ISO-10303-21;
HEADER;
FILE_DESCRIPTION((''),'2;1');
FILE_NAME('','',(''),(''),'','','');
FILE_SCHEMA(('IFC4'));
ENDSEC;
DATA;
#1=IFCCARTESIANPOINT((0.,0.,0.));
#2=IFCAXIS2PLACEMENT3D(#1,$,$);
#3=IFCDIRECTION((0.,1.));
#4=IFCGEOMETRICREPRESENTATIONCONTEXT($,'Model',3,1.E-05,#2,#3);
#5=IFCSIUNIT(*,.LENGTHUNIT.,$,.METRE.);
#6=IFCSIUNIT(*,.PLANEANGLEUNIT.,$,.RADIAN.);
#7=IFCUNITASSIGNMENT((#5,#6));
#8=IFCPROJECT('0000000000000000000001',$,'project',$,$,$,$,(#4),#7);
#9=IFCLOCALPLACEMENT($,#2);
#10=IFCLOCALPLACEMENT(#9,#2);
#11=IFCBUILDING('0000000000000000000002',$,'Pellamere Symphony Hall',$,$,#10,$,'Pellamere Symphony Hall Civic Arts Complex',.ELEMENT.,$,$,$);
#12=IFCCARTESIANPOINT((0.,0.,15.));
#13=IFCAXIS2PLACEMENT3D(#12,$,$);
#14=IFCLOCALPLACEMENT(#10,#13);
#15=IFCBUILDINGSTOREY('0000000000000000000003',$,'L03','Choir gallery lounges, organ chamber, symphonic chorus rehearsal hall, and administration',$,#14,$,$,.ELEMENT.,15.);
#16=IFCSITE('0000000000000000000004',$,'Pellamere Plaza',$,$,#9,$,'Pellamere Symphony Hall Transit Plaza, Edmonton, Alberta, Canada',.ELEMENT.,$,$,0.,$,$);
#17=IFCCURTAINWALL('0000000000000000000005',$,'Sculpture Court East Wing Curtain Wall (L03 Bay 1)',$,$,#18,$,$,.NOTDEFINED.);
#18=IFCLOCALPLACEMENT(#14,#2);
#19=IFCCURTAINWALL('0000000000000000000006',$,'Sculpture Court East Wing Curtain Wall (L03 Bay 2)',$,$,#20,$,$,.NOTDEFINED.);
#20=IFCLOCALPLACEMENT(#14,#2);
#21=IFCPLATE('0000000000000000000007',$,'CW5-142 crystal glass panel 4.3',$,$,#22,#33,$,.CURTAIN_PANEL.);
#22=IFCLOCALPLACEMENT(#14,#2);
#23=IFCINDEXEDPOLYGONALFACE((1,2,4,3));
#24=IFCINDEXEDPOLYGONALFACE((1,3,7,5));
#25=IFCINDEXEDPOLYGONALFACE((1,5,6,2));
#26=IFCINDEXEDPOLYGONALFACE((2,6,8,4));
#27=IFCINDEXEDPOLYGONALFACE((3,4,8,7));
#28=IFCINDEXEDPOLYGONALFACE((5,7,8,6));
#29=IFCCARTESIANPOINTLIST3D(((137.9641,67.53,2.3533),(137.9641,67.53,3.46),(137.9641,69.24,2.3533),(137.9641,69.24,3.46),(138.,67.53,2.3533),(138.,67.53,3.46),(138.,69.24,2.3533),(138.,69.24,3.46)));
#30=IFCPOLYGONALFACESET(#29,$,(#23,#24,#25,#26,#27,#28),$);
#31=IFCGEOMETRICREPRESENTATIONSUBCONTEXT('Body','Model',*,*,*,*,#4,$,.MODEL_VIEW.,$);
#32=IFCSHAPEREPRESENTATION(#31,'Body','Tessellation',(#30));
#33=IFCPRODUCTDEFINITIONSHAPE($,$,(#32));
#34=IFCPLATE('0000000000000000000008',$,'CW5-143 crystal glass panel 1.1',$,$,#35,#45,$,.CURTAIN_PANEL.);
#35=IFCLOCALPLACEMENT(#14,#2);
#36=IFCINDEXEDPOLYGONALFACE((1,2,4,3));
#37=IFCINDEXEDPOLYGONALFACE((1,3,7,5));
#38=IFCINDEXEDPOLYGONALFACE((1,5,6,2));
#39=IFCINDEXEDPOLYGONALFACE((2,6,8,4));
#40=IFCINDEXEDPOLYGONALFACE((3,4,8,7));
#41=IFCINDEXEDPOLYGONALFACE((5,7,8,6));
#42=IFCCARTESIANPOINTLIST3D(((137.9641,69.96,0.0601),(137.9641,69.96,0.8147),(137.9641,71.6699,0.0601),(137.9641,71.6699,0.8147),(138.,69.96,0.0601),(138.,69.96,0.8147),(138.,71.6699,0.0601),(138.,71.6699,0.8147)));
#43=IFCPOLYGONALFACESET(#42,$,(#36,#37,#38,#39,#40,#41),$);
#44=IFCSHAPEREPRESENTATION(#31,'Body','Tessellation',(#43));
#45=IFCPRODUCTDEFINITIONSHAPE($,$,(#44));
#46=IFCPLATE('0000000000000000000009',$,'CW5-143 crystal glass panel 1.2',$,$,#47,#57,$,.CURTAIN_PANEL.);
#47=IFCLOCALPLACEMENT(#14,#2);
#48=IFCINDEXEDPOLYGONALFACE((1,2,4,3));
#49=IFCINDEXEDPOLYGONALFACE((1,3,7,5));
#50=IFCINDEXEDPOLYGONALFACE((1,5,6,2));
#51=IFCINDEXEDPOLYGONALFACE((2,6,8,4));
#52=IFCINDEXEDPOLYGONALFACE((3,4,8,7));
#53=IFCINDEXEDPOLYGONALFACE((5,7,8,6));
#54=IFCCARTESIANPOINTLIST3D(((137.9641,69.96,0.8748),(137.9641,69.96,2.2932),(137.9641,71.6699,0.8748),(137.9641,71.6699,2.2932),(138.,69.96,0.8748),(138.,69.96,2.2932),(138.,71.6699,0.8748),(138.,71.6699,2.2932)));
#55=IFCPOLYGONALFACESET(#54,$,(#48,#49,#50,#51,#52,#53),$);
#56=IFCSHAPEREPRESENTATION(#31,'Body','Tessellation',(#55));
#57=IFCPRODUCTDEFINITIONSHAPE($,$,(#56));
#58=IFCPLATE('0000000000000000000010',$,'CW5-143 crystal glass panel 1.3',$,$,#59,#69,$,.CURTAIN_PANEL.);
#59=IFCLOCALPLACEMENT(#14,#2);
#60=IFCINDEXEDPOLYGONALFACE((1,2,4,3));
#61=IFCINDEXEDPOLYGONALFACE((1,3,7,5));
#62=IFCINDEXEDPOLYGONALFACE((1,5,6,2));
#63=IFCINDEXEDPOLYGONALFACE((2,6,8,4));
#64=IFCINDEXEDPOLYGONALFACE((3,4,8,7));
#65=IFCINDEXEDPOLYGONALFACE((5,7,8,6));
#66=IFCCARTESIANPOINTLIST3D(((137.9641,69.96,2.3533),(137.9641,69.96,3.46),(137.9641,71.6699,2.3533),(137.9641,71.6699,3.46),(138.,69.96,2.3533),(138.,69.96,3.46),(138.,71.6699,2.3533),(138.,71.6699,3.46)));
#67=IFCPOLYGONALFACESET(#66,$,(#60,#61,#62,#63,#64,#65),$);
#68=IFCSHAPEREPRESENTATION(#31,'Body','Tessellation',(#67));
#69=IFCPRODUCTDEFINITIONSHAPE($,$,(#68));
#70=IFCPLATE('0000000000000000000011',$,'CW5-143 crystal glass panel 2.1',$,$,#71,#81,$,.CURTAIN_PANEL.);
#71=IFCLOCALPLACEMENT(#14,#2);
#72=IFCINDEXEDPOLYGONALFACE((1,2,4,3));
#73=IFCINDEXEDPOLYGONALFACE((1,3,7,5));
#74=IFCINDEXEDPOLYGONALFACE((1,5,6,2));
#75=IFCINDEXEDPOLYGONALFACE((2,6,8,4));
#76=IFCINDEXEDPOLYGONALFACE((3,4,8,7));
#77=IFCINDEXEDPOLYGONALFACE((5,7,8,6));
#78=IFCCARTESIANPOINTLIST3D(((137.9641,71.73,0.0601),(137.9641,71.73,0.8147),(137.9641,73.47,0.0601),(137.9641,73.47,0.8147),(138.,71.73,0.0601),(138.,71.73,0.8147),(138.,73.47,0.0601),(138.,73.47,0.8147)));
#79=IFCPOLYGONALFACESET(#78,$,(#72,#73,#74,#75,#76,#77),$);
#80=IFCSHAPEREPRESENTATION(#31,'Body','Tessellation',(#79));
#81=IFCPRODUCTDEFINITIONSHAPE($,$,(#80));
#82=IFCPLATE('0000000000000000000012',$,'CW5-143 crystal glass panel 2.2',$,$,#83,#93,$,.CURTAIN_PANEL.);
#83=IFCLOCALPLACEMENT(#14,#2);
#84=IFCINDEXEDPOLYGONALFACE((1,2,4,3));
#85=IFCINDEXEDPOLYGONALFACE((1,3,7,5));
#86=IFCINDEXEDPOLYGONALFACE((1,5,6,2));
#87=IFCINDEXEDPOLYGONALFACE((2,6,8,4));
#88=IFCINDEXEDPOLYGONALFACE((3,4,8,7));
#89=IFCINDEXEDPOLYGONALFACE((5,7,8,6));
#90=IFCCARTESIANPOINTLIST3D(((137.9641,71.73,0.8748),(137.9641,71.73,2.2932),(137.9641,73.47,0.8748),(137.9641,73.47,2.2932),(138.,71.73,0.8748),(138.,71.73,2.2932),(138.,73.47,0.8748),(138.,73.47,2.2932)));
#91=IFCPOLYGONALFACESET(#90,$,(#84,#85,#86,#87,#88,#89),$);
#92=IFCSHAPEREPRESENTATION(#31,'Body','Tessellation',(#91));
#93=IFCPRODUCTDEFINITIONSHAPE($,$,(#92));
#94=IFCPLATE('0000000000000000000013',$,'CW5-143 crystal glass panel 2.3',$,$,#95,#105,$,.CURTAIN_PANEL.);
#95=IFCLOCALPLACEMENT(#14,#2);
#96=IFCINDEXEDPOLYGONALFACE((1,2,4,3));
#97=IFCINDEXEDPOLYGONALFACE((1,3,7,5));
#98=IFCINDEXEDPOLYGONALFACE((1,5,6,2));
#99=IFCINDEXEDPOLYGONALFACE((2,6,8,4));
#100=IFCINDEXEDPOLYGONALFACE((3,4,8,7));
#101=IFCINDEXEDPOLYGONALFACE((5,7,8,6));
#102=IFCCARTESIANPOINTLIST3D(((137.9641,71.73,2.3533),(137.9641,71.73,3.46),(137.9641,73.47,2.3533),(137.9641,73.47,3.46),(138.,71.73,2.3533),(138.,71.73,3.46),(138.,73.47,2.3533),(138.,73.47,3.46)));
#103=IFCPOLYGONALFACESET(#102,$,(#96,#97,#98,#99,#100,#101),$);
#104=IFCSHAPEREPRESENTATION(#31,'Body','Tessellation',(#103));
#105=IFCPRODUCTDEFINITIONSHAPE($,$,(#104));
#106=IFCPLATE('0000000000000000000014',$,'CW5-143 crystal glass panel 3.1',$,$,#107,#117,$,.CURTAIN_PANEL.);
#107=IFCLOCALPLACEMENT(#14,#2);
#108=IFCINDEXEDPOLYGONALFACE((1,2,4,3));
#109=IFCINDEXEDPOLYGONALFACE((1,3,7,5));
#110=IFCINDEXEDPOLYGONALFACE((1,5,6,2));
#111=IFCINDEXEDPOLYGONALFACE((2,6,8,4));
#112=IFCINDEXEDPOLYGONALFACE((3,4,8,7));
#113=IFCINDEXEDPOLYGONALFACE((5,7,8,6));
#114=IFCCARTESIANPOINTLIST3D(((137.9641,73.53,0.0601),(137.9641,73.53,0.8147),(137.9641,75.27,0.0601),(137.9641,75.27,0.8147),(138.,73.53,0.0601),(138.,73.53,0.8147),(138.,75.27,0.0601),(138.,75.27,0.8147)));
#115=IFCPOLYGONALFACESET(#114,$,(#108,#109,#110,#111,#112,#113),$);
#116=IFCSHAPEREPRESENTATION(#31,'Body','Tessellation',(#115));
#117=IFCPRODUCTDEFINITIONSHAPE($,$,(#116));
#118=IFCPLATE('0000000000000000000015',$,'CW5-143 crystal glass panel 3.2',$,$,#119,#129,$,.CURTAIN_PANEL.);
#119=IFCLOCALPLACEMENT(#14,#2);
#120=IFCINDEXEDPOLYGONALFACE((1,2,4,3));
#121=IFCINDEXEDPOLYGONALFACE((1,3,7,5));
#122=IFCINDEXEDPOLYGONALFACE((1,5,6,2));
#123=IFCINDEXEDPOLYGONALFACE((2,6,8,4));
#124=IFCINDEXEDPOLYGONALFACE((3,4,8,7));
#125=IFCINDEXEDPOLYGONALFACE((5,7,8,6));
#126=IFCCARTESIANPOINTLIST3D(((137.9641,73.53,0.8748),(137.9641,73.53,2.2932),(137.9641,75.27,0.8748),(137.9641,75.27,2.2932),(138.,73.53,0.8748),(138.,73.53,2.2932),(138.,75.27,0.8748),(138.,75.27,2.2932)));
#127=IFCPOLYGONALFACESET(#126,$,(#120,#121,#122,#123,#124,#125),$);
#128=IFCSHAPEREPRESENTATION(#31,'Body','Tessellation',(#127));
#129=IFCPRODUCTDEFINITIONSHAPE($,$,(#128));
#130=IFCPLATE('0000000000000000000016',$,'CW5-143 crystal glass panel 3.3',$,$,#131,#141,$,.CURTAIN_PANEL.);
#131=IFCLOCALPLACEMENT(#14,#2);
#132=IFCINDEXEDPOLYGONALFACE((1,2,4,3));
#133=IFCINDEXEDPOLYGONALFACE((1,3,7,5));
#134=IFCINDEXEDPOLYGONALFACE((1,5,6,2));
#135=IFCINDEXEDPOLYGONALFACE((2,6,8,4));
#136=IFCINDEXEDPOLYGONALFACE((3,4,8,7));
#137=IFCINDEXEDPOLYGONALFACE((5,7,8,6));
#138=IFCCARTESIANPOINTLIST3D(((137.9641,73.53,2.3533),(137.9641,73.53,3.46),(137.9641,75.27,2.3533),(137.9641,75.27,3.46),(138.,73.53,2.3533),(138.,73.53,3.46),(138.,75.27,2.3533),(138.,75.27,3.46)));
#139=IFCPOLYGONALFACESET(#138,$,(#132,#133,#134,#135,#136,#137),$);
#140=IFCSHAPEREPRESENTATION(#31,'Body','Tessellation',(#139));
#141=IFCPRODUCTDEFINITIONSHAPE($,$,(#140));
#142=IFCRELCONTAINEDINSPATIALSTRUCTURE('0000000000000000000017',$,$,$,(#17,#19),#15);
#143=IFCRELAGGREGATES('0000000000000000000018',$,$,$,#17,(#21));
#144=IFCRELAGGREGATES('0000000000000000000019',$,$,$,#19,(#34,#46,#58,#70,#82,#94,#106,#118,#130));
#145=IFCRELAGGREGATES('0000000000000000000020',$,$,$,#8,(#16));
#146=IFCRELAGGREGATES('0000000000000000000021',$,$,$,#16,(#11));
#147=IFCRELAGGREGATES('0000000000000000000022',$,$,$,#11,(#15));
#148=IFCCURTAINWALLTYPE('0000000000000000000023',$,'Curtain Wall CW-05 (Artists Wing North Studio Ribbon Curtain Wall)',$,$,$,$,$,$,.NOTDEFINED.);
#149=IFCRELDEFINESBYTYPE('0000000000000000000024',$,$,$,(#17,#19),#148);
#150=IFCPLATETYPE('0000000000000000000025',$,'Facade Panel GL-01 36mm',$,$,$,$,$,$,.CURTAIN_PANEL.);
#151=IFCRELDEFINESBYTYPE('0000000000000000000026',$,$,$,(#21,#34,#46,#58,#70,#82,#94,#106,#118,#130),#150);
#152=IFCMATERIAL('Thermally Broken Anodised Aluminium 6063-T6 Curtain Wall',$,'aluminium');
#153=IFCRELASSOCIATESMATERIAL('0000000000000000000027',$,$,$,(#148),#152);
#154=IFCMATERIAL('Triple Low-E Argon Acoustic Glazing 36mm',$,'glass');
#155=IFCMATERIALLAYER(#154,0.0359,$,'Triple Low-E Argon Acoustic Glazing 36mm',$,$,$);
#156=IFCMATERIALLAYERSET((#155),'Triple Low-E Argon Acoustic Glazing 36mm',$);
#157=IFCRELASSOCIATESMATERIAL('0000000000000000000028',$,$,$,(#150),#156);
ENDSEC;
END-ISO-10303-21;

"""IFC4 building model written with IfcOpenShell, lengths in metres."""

from ifc_helpers import new_model, si_unit, direction, frame, origin, place, context, subcontext, project, spatial, polyline, outline, extrude, material, layer, layer_set, type_object, element, aggregate, save


model = new_model("IFC4")

# Units and contexts
model_context = context("Model", 3, precision=1e-05, world=origin(), true_north=direction((0.0, 1.0)))
body_context = subcontext(model_context, "Body", "Model", "MODEL_VIEW")
ifc_project = project(units=[si_unit("LENGTHUNIT", "METRE"), si_unit("PLANEANGLEUNIT", "RADIAN")], contexts=[model_context])

# Site, building, storey
site_placement = place(None, origin())
site = spatial("IfcSite", under=ifc_project, at=site_placement, Name="Pellamere Plaza", LongName="Pellamere Symphony Hall Transit Plaza, Edmonton, Alberta, Canada", CompositionType="ELEMENT", RefElevation=0.0)
building_placement = place(site_placement, origin())
building = spatial("IfcBuilding", under=site, at=building_placement, Name="Pellamere Symphony Hall", LongName="Pellamere Symphony Hall Civic Arts Complex", CompositionType="ELEMENT")
storey_placement = place(building_placement, frame((0.0, 0.0, 15.0)))
storey = spatial("IfcBuildingStorey", under=building, at=storey_placement, Name="L03", Description="Choir gallery lounges, organ chamber, symphonic chorus rehearsal hall, and administration", CompositionType="ELEMENT", Elevation=15.0)

# Curtain wall
ifc_material_1 = material(Name="Thermally Broken Anodised Aluminium 6063-T6 Curtain Wall", Category="aluminium")
curtain_wall_type = type_object("IfcCurtainWallType", Name="Curtain Wall CW-05 (Artists Wing North Studio Ribbon Curtain Wall)", PredefinedType="NOTDEFINED", material=ifc_material_1)
curtain_wall_1_placement = place(storey_placement, origin())
curtain_wall_1 = element("IfcCurtainWall", 1, at=curtain_wall_1_placement, inside=storey, type_object=curtain_wall_type, Name="Sculpture Court East Wing Curtain Wall (L03 Bay 1)", PredefinedType="NOTDEFINED")

# Curtain wall
curtain_wall_2_placement = place(storey_placement, origin())
curtain_wall_2 = element("IfcCurtainWall", 2, at=curtain_wall_2_placement, inside=storey, type_object=curtain_wall_type, Name="Sculpture Court East Wing Curtain Wall (L03 Bay 2)", PredefinedType="NOTDEFINED")

# Plates
ifc_material_2 = material(Name="Triple Low-E Argon Acoustic Glazing 36mm", Category="glass")
ifc_layer = layer(ifc_material_2, 0.0359, Name="Triple Low-E Argon Acoustic Glazing 36mm")
ifc_layer_set = layer_set([ifc_layer], Name="Triple Low-E Argon Acoustic Glazing 36mm")
plate_type = type_object("IfcPlateType", Name="Facade Panel GL-01 36mm", PredefinedType="CURTAIN_PANEL", material=ifc_layer_set)
plate_1_placement = place(storey_placement, frame((138.0, 67.53, 2.3533), z_axis=(1.0, 0.0, 0.0), x_axis=(0.0, 1.0, 0.0)))
plate_1 = element("IfcPlate", 3, at=plate_1_placement, type_object=plate_type, Name="CW5-142 crystal glass panel 4.3", PredefinedType="CURTAIN_PANEL", context=body_context, shape_type="SweptSolid", body=[
    extrude(outline(polyline([(0.0, 0.0), (1.71, 0.0), (1.71, 1.1067), (0.0, 1.1067), (0.0, 0.0)])), origin(), (0.0, 0.0, -1.0), 0.0359),
])
aggregate(curtain_wall_1, [plate_1])
plate_2_placement = place(storey_placement, frame((138.0, 69.96, 0.0601), z_axis=(1.0, 0.0, 0.0), x_axis=(0.0, 1.0, 0.0)))
plate_2 = element("IfcPlate", 4, at=plate_2_placement, type_object=plate_type, Name="CW5-143 crystal glass panel 1.1", PredefinedType="CURTAIN_PANEL", context=body_context, shape_type="SweptSolid", body=[
    extrude(outline(polyline([(0.0, 0.0), (1.71, 0.0), (1.71, 0.7546), (0.0, 0.7546), (0.0, 0.0)])), origin(), (0.0, 0.0, -1.0), 0.0359),
])
plate_3_placement = place(storey_placement, frame((138.0, 69.96, 0.8748), z_axis=(1.0, 0.0, 0.0), x_axis=(0.0, 1.0, 0.0)))
plate_3 = element("IfcPlate", 5, at=plate_3_placement, type_object=plate_type, Name="CW5-143 crystal glass panel 1.2", PredefinedType="CURTAIN_PANEL", context=body_context, shape_type="SweptSolid", body=[
    extrude(outline(polyline([(0.0, 0.0), (1.71, 0.0), (1.71, 1.4185), (0.0, 1.4185), (0.0, 0.0)])), origin(), (0.0, 0.0, -1.0), 0.0359),
])
plate_4_placement = place(storey_placement, frame((138.0, 69.96, 2.3533), z_axis=(1.0, 0.0, 0.0), x_axis=(0.0, 1.0, 0.0)))
plate_4 = element("IfcPlate", 6, at=plate_4_placement, type_object=plate_type, Name="CW5-143 crystal glass panel 1.3", PredefinedType="CURTAIN_PANEL", context=body_context, shape_type="SweptSolid", body=[
    extrude(outline(polyline([(0.0, 0.0), (1.71, 0.0), (1.71, 1.1067), (0.0, 1.1067), (0.0, 0.0)])), origin(), (0.0, 0.0, -1.0), 0.0359),
])
plate_5_placement = place(storey_placement, frame((138.0, 71.73, 0.0601), z_axis=(1.0, 0.0, 0.0), x_axis=(0.0, 1.0, 0.0)))
plate_5 = element("IfcPlate", 7, at=plate_5_placement, type_object=plate_type, Name="CW5-143 crystal glass panel 2.1", PredefinedType="CURTAIN_PANEL", context=body_context, shape_type="SweptSolid", body=[
    extrude(outline(polyline([(0.0, 0.0), (1.74, 0.0), (1.74, 0.7546), (0.0, 0.7546), (0.0, 0.0)])), origin(), (0.0, 0.0, -1.0), 0.0359),
])
plate_6_placement = place(storey_placement, frame((138.0, 71.73, 0.8748), z_axis=(1.0, 0.0, 0.0), x_axis=(0.0, 1.0, 0.0)))
plate_6 = element("IfcPlate", 8, at=plate_6_placement, type_object=plate_type, Name="CW5-143 crystal glass panel 2.2", PredefinedType="CURTAIN_PANEL", context=body_context, shape_type="SweptSolid", body=[
    extrude(outline(polyline([(0.0, 0.0), (1.74, 0.0), (1.74, 1.4185), (0.0, 1.4185), (0.0, 0.0)])), origin(), (0.0, 0.0, -1.0), 0.0359),
])
plate_7_placement = place(storey_placement, frame((138.0, 71.73, 2.3533), z_axis=(1.0, 0.0, 0.0), x_axis=(0.0, 1.0, 0.0)))
plate_7 = element("IfcPlate", 9, at=plate_7_placement, type_object=plate_type, Name="CW5-143 crystal glass panel 2.3", PredefinedType="CURTAIN_PANEL", context=body_context, shape_type="SweptSolid", body=[
    extrude(outline(polyline([(0.0, 0.0), (1.74, 0.0), (1.74, 1.1067), (0.0, 1.1067), (0.0, 0.0)])), origin(), (0.0, 0.0, -1.0), 0.0359),
])
plate_8_placement = place(storey_placement, frame((138.0, 73.53, 0.0601), z_axis=(1.0, 0.0, 0.0), x_axis=(0.0, 1.0, 0.0)))
plate_8 = element("IfcPlate", 10, at=plate_8_placement, type_object=plate_type, Name="CW5-143 crystal glass panel 3.1", PredefinedType="CURTAIN_PANEL", context=body_context, shape_type="SweptSolid", body=[
    extrude(outline(polyline([(0.0, 0.0), (1.74, 0.0), (1.74, 0.7546), (0.0, 0.7546), (0.0, 0.0)])), origin(), (0.0, 0.0, -1.0), 0.0359),
])
plate_9_placement = place(storey_placement, frame((138.0, 73.53, 0.8748), z_axis=(1.0, 0.0, 0.0), x_axis=(0.0, 1.0, 0.0)))
plate_9 = element("IfcPlate", 11, at=plate_9_placement, type_object=plate_type, Name="CW5-143 crystal glass panel 3.2", PredefinedType="CURTAIN_PANEL", context=body_context, shape_type="SweptSolid", body=[
    extrude(outline(polyline([(0.0, 0.0), (1.74, 0.0), (1.74, 1.4185), (0.0, 1.4185), (0.0, 0.0)])), origin(), (0.0, 0.0, -1.0), 0.0359),
])
plate_10_placement = place(storey_placement, frame((138.0, 73.53, 2.3533), z_axis=(1.0, 0.0, 0.0), x_axis=(0.0, 1.0, 0.0)))
plate_10 = element("IfcPlate", 12, at=plate_10_placement, type_object=plate_type, Name="CW5-143 crystal glass panel 3.3", PredefinedType="CURTAIN_PANEL", context=body_context, shape_type="SweptSolid", body=[
    extrude(outline(polyline([(0.0, 0.0), (1.74, 0.0), (1.74, 1.1067), (0.0, 1.1067), (0.0, 0.0)])), origin(), (0.0, 0.0, -1.0), 0.0359),
])
aggregate(curtain_wall_2, [plate_2, plate_3, plate_4, plate_5, plate_6, plate_7, plate_8, plate_9, plate_10])

save(model, "model.ifc")
